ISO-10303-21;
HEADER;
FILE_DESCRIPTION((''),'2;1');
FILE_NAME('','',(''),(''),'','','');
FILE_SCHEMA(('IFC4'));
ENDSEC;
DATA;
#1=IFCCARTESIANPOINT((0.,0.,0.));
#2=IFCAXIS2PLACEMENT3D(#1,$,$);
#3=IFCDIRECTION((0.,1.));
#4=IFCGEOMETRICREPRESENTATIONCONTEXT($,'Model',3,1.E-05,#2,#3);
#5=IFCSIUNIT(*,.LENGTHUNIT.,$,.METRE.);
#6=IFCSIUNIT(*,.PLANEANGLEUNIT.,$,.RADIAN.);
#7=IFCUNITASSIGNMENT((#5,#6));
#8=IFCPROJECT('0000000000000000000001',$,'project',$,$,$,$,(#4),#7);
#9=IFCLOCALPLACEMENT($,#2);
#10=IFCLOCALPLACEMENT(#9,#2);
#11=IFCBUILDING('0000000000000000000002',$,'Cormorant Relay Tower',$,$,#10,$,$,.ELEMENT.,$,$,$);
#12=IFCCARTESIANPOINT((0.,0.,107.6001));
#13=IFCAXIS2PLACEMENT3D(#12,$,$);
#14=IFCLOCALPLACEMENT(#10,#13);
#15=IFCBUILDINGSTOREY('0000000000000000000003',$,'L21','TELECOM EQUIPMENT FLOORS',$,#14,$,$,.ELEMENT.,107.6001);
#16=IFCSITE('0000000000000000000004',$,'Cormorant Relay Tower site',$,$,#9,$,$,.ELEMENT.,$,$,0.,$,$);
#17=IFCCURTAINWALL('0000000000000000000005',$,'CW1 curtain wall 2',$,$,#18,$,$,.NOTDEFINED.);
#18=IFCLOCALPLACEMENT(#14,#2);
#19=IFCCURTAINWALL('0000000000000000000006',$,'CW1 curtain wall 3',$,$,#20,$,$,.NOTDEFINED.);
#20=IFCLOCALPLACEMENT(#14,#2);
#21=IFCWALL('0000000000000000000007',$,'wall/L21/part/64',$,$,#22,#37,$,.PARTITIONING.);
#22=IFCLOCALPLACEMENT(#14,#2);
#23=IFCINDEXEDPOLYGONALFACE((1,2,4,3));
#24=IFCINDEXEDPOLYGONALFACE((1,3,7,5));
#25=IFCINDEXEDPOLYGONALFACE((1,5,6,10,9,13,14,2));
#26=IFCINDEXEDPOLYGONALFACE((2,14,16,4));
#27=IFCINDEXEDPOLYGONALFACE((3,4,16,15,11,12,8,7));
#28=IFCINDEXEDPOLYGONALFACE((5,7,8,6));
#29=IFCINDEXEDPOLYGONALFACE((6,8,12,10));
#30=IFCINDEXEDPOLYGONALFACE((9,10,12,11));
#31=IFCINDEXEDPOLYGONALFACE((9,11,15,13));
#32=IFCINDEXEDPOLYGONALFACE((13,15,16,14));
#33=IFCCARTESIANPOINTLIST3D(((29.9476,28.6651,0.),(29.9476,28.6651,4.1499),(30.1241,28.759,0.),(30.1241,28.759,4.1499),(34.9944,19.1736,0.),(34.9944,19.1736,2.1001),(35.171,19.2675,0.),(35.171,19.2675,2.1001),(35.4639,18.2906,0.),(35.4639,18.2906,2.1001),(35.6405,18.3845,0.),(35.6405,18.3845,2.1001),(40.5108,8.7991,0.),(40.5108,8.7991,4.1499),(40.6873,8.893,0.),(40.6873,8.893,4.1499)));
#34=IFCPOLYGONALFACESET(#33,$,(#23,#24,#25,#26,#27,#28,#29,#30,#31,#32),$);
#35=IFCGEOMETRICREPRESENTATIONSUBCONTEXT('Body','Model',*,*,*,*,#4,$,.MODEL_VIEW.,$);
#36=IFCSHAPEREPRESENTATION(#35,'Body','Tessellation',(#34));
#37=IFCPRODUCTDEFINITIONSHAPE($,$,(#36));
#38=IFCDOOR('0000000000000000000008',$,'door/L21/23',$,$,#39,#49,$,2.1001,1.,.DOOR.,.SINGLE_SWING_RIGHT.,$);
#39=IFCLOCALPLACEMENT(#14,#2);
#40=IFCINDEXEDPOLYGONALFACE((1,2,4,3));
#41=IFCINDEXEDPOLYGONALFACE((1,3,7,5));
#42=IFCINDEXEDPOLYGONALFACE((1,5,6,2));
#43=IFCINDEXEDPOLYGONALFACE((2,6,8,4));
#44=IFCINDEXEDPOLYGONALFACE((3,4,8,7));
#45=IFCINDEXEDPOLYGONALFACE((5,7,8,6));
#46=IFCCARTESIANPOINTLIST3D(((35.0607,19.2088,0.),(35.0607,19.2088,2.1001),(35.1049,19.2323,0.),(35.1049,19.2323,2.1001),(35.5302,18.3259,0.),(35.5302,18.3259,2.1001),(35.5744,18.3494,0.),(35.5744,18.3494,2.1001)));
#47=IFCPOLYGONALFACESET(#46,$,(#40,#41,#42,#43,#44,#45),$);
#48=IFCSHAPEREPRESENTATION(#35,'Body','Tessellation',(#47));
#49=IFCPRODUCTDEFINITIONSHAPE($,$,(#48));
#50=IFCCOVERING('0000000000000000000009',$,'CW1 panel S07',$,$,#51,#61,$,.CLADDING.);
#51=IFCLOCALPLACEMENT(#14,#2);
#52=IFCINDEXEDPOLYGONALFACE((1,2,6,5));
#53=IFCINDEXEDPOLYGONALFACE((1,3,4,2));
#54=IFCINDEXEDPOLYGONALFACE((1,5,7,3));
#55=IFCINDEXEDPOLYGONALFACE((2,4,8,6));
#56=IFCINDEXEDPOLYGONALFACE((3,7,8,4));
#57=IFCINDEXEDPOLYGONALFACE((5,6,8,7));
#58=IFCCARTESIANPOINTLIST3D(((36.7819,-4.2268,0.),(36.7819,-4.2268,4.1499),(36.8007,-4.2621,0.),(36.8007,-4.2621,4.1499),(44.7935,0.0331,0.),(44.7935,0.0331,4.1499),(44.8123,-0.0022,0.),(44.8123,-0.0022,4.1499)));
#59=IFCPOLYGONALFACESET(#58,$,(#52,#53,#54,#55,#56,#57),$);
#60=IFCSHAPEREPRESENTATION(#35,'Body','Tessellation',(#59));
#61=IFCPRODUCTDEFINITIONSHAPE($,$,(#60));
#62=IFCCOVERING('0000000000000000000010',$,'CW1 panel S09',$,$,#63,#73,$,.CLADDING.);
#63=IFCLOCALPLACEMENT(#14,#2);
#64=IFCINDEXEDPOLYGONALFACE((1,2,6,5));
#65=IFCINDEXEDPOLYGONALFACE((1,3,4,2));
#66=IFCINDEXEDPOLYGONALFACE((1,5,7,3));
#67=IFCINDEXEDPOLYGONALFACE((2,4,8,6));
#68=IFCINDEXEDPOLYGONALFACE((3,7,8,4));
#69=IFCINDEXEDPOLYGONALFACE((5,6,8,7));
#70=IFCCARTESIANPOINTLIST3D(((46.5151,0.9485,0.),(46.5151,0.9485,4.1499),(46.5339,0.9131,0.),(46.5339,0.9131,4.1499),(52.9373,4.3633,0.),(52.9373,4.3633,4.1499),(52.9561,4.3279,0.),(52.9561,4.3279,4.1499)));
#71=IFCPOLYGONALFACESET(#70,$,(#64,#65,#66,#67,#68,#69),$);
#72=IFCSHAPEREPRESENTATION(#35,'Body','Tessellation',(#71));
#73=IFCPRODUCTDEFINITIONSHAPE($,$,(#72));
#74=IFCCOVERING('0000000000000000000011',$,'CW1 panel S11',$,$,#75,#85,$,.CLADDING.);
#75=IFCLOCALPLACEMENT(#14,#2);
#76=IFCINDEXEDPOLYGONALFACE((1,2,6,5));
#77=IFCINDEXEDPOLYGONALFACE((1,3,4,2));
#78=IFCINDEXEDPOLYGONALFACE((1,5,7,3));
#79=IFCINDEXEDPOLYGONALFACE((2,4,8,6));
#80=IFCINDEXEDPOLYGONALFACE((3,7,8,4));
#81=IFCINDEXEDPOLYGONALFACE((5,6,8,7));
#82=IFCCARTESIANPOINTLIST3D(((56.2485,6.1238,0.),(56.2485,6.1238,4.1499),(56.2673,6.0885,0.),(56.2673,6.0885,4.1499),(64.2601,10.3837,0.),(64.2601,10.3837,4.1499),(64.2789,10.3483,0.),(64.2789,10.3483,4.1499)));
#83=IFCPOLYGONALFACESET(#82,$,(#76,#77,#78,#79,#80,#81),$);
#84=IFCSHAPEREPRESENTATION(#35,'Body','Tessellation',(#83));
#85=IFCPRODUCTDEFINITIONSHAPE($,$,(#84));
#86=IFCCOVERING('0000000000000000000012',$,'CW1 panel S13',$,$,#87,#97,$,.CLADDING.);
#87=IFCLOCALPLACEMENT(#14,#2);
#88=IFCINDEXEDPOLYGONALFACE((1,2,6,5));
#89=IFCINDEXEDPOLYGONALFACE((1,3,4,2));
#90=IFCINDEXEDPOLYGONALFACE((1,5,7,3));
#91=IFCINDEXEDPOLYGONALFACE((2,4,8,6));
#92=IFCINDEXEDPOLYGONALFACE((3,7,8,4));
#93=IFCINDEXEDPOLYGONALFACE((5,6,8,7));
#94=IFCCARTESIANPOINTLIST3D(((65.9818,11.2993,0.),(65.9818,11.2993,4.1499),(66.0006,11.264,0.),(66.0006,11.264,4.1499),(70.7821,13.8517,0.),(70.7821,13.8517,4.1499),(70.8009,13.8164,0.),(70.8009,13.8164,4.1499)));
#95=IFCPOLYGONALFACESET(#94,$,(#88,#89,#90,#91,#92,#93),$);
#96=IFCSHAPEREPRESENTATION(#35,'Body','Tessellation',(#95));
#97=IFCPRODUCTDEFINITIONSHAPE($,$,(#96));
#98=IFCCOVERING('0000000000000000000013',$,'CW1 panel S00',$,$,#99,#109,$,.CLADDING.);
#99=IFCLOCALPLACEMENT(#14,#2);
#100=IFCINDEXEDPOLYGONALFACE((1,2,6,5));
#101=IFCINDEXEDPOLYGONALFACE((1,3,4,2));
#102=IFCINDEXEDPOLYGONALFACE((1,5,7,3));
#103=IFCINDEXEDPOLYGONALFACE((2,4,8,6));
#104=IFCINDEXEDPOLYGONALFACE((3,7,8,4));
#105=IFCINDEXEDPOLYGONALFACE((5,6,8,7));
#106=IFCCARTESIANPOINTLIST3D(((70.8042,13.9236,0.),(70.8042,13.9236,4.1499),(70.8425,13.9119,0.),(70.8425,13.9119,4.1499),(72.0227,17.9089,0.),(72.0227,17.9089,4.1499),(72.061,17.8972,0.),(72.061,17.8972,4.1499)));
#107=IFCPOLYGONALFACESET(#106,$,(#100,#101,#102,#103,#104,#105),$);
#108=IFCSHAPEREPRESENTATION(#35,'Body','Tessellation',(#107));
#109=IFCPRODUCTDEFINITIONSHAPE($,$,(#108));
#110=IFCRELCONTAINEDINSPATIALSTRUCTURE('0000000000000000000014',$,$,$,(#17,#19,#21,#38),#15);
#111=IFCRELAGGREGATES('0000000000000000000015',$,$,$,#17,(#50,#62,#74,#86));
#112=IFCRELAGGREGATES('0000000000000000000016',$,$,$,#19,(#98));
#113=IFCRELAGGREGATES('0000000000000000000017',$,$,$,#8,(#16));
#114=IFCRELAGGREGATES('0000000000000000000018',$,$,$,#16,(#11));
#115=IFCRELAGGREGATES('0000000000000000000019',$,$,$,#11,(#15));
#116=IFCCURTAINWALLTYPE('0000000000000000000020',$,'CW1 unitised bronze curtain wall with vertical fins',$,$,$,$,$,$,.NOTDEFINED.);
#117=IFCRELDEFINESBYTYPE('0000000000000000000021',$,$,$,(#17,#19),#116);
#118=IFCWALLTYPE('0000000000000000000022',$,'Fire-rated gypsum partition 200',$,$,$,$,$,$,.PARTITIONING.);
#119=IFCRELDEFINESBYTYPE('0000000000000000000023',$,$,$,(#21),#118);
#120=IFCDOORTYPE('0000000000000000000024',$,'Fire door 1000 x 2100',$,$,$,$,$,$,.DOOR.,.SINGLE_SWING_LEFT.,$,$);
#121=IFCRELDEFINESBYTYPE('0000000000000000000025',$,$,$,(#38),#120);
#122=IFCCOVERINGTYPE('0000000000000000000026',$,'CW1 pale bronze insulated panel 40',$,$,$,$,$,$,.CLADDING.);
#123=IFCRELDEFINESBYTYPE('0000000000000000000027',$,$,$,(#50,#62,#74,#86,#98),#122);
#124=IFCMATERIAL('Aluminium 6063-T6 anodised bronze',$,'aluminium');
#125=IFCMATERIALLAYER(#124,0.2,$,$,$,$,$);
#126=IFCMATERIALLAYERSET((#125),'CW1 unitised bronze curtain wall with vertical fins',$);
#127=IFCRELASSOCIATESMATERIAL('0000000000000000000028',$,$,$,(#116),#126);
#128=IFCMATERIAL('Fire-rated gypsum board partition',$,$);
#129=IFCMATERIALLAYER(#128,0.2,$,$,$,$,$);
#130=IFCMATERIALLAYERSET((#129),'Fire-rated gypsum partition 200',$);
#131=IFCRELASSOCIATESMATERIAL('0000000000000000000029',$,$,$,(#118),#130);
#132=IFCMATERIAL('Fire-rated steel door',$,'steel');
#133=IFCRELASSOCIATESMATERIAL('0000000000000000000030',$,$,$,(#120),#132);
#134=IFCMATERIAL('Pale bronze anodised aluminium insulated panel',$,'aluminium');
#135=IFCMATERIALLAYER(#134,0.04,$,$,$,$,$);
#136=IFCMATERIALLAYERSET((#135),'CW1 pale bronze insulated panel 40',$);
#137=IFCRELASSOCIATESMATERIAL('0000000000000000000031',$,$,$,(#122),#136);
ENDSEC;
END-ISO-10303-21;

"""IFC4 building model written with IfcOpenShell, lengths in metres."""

from ifc_helpers import new_model, si_unit, direction, frame, frame_2d, origin, origin_2d, place, context, subcontext, project, spatial, rectangle, extrude, material, layer, layer_set, type_object, element, fill, aggregate, save


model = new_model("IFC4")

# Units and contexts
model_context = context("Model", 3, precision=1e-05, world=origin(), true_north=direction((0.0, 1.0)))
body_context = subcontext(model_context, "Body", "Model", "MODEL_VIEW")
ifc_project = project(units=[si_unit("LENGTHUNIT", "METRE"), si_unit("PLANEANGLEUNIT", "RADIAN")], contexts=[model_context])

# Site, building, storey
site_placement = place(None, origin())
site = spatial("IfcSite", under=ifc_project, at=site_placement, Name="Cormorant Relay Tower site", CompositionType="ELEMENT", RefElevation=0.0)
building_placement = place(site_placement, origin())
building = spatial("IfcBuilding", under=site, at=building_placement, Name="Cormorant Relay Tower", CompositionType="ELEMENT")
storey_placement = place(building_placement, frame((0.0, 0.0, 107.6001)))
storey = spatial("IfcBuildingStorey", under=building, at=storey_placement, Name="L21", Description="TELECOM EQUIPMENT FLOORS", CompositionType="ELEMENT", Elevation=107.6001)

# Curtain walls
ifc_material_1 = material(Name="Aluminium 6063-T6 anodised bronze", Category="aluminium")
ifc_layer_1 = layer(ifc_material_1, 0.2)
ifc_layer_set_1 = layer_set([ifc_layer_1], Name="CW1 unitised bronze curtain wall with vertical fins")
curtain_wall_type = type_object("IfcCurtainWallType", Name="CW1 unitised bronze curtain wall with vertical fins", PredefinedType="NOTDEFINED", material=ifc_layer_set_1)
curtain_wall_1_placement = place(storey_placement, origin())
curtain_wall_1 = element("IfcCurtainWall", 1, at=curtain_wall_1_placement, inside=storey, type_object=curtain_wall_type, Name="CW1 curtain wall 2", PredefinedType="NOTDEFINED")
curtain_wall_2_placement = place(storey_placement, origin())
curtain_wall_2 = element("IfcCurtainWall", 2, at=curtain_wall_2_placement, inside=storey, type_object=curtain_wall_type, Name="CW1 curtain wall 3", PredefinedType="NOTDEFINED")

# Shared definitions
ifc_material_2 = material(Name="Fire-rated gypsum board partition")
ifc_layer_2 = layer(ifc_material_2, 0.2)
ifc_layer_set_2 = layer_set([ifc_layer_2], Name="Fire-rated gypsum partition 200")
wall_type_1 = type_object("IfcWallType", Name="Fire-rated gypsum partition 200", PredefinedType="PARTITIONING", material=ifc_layer_set_2)

# Wall, opening, door
wall_1_placement = place(storey_placement, frame((40.5991, 8.8459, 0.0), z_axis=(0.0, 0.0, 1.0), x_axis=(-0.469482, 0.882942, 0.0)))
wall_1 = element("IfcWall", 3, at=wall_1_placement, inside=storey, type_object=wall_type_1, Name="wall/L21/part/64", PredefinedType="PARTITIONING", context=body_context, shape_type="SweptSolid", body=[
    extrude(rectangle(XDim=22.4998, YDim=0.2, at=frame_2d((11.25, 0.0))), origin(), (0.0, 0.0, 1.0), 4.1499),
])
opening_1_placement = place(wall_1_placement, frame((10.75, 0.0, 0.0)))
opening_1 = element("IfcOpeningElement", 4, at=opening_1_placement, cuts=wall_1, PredefinedType="OPENING", context=body_context, shape_type="SweptSolid", body=[
    extrude(rectangle(XDim=1.0, YDim=2.1001, at=frame_2d((0.5, 1.05))), frame((0.0, 0.1099, 0.0), z_axis=(0.0, -1.0, 0.0), x_axis=(1.0, 0.0, 0.0)), (0.0, 0.0, 1.0), 0.22),
])
ifc_material_3 = material(Name="Fire-rated steel door", Category="steel")
door_type_1 = type_object("IfcDoorType", Name="Fire door 1000 x 2100", OperationType="SINGLE_SWING_LEFT", PredefinedType="DOOR", material=ifc_material_3)
door_1_placement = place(opening_1_placement, origin())
door_1 = element("IfcDoor", 5, at=door_1_placement, inside=storey, type_object=door_type_1, Name="door/L21/23", OperationType="SINGLE_SWING_RIGHT", OverallHeight=2.1001, OverallWidth=1.0, PredefinedType="DOOR", context=body_context, shape_type="SweptSolid", body=[
    extrude(rectangle(XDim=1.0, YDim=2.1001, at=frame_2d((0.5, 1.05))), frame((0.0, 0.0249, 0.0), z_axis=(0.0, -1.0, 0.0), x_axis=(1.0, 0.0, 0.0)), (0.0, 0.0, 1.0), 0.05),
])
fill(opening_1, door_1)

# Coverings
ifc_material_4 = material(Name="Pale bronze anodised aluminium insulated panel", Category="aluminium")
ifc_layer_3 = layer(ifc_material_4, 0.04)
ifc_layer_set_3 = layer_set([ifc_layer_3], Name="CW1 pale bronze insulated panel 40")
covering_type = type_object("IfcCoveringType", Name="CW1 pale bronze insulated panel 40", PredefinedType="CLADDING", material=ifc_layer_set_3)
covering_1_placement = place(storey_placement, frame((40.7971, -2.1145, 0.0), z_axis=(0.0, 0.0, 1.0), x_axis=(0.882948, 0.469472, 0.0)))
covering_1 = element("IfcCovering", 6, at=covering_1_placement, type_object=covering_type, Name="CW1 panel S07", PredefinedType="CLADDING", context=body_context, shape_type="SweptSolid", body=[
    extrude(rectangle(XDim=9.0737, YDim=0.04, at=origin_2d()), origin(), (0.0, 0.0, 1.0), 4.1499),
])
covering_2_placement = place(storey_placement, frame((49.7356, 2.6382, 0.0), z_axis=(0.0, 0.0, 1.0), x_axis=(0.882948, 0.469472, 0.0)))
covering_2 = element("IfcCovering", 7, at=covering_2_placement, type_object=covering_type, Name="CW1 panel S09", PredefinedType="CLADDING", context=body_context, shape_type="SweptSolid", body=[
    extrude(rectangle(XDim=7.2737, YDim=0.04, at=origin_2d()), origin(), (0.0, 0.0, 1.0), 4.1499),
])
covering_3_placement = place(storey_placement, frame((60.2637, 8.2361, 0.0), z_axis=(0.0, 0.0, 1.0), x_axis=(0.882948, 0.469472, 0.0)))
covering_3 = element("IfcCovering", 8, at=covering_3_placement, type_object=covering_type, Name="CW1 panel S11", PredefinedType="CLADDING", context=body_context, shape_type="SweptSolid", body=[
    extrude(rectangle(XDim=9.0737, YDim=0.04, at=origin_2d()), origin(), (0.0, 0.0, 1.0), 4.1499),
])
covering_4_placement = place(storey_placement, frame((68.3914, 12.5579, 0.0), z_axis=(0.0, 0.0, 1.0), x_axis=(0.882948, 0.469472, 0.0)))
covering_4 = element("IfcCovering", 9, at=covering_4_placement, type_object=covering_type, Name="CW1 panel S13", PredefinedType="CLADDING", context=body_context, shape_type="SweptSolid", body=[
    extrude(rectangle(XDim=5.4368, YDim=0.04, at=origin_2d()), origin(), (0.0, 0.0, 1.0), 4.1499),
])
aggregate(curtain_wall_1, [covering_1, covering_2, covering_3, covering_4])
covering_5_placement = place(storey_placement, frame((71.4326, 15.9104, 0.0), z_axis=(0.0, 0.0, 1.0), x_axis=(0.292372, 0.956305, 0.0)))
covering_5 = element("IfcCovering", 10, at=covering_5_placement, type_object=covering_type, Name="CW1 panel S00", PredefinedType="CLADDING", context=body_context, shape_type="SweptSolid", body=[
    extrude(rectangle(XDim=4.1675, YDim=0.04, at=origin_2d()), origin(), (0.0, 0.0, 1.0), 4.1499),
])
aggregate(curtain_wall_2, [covering_5])

save(model, "model.ifc")
